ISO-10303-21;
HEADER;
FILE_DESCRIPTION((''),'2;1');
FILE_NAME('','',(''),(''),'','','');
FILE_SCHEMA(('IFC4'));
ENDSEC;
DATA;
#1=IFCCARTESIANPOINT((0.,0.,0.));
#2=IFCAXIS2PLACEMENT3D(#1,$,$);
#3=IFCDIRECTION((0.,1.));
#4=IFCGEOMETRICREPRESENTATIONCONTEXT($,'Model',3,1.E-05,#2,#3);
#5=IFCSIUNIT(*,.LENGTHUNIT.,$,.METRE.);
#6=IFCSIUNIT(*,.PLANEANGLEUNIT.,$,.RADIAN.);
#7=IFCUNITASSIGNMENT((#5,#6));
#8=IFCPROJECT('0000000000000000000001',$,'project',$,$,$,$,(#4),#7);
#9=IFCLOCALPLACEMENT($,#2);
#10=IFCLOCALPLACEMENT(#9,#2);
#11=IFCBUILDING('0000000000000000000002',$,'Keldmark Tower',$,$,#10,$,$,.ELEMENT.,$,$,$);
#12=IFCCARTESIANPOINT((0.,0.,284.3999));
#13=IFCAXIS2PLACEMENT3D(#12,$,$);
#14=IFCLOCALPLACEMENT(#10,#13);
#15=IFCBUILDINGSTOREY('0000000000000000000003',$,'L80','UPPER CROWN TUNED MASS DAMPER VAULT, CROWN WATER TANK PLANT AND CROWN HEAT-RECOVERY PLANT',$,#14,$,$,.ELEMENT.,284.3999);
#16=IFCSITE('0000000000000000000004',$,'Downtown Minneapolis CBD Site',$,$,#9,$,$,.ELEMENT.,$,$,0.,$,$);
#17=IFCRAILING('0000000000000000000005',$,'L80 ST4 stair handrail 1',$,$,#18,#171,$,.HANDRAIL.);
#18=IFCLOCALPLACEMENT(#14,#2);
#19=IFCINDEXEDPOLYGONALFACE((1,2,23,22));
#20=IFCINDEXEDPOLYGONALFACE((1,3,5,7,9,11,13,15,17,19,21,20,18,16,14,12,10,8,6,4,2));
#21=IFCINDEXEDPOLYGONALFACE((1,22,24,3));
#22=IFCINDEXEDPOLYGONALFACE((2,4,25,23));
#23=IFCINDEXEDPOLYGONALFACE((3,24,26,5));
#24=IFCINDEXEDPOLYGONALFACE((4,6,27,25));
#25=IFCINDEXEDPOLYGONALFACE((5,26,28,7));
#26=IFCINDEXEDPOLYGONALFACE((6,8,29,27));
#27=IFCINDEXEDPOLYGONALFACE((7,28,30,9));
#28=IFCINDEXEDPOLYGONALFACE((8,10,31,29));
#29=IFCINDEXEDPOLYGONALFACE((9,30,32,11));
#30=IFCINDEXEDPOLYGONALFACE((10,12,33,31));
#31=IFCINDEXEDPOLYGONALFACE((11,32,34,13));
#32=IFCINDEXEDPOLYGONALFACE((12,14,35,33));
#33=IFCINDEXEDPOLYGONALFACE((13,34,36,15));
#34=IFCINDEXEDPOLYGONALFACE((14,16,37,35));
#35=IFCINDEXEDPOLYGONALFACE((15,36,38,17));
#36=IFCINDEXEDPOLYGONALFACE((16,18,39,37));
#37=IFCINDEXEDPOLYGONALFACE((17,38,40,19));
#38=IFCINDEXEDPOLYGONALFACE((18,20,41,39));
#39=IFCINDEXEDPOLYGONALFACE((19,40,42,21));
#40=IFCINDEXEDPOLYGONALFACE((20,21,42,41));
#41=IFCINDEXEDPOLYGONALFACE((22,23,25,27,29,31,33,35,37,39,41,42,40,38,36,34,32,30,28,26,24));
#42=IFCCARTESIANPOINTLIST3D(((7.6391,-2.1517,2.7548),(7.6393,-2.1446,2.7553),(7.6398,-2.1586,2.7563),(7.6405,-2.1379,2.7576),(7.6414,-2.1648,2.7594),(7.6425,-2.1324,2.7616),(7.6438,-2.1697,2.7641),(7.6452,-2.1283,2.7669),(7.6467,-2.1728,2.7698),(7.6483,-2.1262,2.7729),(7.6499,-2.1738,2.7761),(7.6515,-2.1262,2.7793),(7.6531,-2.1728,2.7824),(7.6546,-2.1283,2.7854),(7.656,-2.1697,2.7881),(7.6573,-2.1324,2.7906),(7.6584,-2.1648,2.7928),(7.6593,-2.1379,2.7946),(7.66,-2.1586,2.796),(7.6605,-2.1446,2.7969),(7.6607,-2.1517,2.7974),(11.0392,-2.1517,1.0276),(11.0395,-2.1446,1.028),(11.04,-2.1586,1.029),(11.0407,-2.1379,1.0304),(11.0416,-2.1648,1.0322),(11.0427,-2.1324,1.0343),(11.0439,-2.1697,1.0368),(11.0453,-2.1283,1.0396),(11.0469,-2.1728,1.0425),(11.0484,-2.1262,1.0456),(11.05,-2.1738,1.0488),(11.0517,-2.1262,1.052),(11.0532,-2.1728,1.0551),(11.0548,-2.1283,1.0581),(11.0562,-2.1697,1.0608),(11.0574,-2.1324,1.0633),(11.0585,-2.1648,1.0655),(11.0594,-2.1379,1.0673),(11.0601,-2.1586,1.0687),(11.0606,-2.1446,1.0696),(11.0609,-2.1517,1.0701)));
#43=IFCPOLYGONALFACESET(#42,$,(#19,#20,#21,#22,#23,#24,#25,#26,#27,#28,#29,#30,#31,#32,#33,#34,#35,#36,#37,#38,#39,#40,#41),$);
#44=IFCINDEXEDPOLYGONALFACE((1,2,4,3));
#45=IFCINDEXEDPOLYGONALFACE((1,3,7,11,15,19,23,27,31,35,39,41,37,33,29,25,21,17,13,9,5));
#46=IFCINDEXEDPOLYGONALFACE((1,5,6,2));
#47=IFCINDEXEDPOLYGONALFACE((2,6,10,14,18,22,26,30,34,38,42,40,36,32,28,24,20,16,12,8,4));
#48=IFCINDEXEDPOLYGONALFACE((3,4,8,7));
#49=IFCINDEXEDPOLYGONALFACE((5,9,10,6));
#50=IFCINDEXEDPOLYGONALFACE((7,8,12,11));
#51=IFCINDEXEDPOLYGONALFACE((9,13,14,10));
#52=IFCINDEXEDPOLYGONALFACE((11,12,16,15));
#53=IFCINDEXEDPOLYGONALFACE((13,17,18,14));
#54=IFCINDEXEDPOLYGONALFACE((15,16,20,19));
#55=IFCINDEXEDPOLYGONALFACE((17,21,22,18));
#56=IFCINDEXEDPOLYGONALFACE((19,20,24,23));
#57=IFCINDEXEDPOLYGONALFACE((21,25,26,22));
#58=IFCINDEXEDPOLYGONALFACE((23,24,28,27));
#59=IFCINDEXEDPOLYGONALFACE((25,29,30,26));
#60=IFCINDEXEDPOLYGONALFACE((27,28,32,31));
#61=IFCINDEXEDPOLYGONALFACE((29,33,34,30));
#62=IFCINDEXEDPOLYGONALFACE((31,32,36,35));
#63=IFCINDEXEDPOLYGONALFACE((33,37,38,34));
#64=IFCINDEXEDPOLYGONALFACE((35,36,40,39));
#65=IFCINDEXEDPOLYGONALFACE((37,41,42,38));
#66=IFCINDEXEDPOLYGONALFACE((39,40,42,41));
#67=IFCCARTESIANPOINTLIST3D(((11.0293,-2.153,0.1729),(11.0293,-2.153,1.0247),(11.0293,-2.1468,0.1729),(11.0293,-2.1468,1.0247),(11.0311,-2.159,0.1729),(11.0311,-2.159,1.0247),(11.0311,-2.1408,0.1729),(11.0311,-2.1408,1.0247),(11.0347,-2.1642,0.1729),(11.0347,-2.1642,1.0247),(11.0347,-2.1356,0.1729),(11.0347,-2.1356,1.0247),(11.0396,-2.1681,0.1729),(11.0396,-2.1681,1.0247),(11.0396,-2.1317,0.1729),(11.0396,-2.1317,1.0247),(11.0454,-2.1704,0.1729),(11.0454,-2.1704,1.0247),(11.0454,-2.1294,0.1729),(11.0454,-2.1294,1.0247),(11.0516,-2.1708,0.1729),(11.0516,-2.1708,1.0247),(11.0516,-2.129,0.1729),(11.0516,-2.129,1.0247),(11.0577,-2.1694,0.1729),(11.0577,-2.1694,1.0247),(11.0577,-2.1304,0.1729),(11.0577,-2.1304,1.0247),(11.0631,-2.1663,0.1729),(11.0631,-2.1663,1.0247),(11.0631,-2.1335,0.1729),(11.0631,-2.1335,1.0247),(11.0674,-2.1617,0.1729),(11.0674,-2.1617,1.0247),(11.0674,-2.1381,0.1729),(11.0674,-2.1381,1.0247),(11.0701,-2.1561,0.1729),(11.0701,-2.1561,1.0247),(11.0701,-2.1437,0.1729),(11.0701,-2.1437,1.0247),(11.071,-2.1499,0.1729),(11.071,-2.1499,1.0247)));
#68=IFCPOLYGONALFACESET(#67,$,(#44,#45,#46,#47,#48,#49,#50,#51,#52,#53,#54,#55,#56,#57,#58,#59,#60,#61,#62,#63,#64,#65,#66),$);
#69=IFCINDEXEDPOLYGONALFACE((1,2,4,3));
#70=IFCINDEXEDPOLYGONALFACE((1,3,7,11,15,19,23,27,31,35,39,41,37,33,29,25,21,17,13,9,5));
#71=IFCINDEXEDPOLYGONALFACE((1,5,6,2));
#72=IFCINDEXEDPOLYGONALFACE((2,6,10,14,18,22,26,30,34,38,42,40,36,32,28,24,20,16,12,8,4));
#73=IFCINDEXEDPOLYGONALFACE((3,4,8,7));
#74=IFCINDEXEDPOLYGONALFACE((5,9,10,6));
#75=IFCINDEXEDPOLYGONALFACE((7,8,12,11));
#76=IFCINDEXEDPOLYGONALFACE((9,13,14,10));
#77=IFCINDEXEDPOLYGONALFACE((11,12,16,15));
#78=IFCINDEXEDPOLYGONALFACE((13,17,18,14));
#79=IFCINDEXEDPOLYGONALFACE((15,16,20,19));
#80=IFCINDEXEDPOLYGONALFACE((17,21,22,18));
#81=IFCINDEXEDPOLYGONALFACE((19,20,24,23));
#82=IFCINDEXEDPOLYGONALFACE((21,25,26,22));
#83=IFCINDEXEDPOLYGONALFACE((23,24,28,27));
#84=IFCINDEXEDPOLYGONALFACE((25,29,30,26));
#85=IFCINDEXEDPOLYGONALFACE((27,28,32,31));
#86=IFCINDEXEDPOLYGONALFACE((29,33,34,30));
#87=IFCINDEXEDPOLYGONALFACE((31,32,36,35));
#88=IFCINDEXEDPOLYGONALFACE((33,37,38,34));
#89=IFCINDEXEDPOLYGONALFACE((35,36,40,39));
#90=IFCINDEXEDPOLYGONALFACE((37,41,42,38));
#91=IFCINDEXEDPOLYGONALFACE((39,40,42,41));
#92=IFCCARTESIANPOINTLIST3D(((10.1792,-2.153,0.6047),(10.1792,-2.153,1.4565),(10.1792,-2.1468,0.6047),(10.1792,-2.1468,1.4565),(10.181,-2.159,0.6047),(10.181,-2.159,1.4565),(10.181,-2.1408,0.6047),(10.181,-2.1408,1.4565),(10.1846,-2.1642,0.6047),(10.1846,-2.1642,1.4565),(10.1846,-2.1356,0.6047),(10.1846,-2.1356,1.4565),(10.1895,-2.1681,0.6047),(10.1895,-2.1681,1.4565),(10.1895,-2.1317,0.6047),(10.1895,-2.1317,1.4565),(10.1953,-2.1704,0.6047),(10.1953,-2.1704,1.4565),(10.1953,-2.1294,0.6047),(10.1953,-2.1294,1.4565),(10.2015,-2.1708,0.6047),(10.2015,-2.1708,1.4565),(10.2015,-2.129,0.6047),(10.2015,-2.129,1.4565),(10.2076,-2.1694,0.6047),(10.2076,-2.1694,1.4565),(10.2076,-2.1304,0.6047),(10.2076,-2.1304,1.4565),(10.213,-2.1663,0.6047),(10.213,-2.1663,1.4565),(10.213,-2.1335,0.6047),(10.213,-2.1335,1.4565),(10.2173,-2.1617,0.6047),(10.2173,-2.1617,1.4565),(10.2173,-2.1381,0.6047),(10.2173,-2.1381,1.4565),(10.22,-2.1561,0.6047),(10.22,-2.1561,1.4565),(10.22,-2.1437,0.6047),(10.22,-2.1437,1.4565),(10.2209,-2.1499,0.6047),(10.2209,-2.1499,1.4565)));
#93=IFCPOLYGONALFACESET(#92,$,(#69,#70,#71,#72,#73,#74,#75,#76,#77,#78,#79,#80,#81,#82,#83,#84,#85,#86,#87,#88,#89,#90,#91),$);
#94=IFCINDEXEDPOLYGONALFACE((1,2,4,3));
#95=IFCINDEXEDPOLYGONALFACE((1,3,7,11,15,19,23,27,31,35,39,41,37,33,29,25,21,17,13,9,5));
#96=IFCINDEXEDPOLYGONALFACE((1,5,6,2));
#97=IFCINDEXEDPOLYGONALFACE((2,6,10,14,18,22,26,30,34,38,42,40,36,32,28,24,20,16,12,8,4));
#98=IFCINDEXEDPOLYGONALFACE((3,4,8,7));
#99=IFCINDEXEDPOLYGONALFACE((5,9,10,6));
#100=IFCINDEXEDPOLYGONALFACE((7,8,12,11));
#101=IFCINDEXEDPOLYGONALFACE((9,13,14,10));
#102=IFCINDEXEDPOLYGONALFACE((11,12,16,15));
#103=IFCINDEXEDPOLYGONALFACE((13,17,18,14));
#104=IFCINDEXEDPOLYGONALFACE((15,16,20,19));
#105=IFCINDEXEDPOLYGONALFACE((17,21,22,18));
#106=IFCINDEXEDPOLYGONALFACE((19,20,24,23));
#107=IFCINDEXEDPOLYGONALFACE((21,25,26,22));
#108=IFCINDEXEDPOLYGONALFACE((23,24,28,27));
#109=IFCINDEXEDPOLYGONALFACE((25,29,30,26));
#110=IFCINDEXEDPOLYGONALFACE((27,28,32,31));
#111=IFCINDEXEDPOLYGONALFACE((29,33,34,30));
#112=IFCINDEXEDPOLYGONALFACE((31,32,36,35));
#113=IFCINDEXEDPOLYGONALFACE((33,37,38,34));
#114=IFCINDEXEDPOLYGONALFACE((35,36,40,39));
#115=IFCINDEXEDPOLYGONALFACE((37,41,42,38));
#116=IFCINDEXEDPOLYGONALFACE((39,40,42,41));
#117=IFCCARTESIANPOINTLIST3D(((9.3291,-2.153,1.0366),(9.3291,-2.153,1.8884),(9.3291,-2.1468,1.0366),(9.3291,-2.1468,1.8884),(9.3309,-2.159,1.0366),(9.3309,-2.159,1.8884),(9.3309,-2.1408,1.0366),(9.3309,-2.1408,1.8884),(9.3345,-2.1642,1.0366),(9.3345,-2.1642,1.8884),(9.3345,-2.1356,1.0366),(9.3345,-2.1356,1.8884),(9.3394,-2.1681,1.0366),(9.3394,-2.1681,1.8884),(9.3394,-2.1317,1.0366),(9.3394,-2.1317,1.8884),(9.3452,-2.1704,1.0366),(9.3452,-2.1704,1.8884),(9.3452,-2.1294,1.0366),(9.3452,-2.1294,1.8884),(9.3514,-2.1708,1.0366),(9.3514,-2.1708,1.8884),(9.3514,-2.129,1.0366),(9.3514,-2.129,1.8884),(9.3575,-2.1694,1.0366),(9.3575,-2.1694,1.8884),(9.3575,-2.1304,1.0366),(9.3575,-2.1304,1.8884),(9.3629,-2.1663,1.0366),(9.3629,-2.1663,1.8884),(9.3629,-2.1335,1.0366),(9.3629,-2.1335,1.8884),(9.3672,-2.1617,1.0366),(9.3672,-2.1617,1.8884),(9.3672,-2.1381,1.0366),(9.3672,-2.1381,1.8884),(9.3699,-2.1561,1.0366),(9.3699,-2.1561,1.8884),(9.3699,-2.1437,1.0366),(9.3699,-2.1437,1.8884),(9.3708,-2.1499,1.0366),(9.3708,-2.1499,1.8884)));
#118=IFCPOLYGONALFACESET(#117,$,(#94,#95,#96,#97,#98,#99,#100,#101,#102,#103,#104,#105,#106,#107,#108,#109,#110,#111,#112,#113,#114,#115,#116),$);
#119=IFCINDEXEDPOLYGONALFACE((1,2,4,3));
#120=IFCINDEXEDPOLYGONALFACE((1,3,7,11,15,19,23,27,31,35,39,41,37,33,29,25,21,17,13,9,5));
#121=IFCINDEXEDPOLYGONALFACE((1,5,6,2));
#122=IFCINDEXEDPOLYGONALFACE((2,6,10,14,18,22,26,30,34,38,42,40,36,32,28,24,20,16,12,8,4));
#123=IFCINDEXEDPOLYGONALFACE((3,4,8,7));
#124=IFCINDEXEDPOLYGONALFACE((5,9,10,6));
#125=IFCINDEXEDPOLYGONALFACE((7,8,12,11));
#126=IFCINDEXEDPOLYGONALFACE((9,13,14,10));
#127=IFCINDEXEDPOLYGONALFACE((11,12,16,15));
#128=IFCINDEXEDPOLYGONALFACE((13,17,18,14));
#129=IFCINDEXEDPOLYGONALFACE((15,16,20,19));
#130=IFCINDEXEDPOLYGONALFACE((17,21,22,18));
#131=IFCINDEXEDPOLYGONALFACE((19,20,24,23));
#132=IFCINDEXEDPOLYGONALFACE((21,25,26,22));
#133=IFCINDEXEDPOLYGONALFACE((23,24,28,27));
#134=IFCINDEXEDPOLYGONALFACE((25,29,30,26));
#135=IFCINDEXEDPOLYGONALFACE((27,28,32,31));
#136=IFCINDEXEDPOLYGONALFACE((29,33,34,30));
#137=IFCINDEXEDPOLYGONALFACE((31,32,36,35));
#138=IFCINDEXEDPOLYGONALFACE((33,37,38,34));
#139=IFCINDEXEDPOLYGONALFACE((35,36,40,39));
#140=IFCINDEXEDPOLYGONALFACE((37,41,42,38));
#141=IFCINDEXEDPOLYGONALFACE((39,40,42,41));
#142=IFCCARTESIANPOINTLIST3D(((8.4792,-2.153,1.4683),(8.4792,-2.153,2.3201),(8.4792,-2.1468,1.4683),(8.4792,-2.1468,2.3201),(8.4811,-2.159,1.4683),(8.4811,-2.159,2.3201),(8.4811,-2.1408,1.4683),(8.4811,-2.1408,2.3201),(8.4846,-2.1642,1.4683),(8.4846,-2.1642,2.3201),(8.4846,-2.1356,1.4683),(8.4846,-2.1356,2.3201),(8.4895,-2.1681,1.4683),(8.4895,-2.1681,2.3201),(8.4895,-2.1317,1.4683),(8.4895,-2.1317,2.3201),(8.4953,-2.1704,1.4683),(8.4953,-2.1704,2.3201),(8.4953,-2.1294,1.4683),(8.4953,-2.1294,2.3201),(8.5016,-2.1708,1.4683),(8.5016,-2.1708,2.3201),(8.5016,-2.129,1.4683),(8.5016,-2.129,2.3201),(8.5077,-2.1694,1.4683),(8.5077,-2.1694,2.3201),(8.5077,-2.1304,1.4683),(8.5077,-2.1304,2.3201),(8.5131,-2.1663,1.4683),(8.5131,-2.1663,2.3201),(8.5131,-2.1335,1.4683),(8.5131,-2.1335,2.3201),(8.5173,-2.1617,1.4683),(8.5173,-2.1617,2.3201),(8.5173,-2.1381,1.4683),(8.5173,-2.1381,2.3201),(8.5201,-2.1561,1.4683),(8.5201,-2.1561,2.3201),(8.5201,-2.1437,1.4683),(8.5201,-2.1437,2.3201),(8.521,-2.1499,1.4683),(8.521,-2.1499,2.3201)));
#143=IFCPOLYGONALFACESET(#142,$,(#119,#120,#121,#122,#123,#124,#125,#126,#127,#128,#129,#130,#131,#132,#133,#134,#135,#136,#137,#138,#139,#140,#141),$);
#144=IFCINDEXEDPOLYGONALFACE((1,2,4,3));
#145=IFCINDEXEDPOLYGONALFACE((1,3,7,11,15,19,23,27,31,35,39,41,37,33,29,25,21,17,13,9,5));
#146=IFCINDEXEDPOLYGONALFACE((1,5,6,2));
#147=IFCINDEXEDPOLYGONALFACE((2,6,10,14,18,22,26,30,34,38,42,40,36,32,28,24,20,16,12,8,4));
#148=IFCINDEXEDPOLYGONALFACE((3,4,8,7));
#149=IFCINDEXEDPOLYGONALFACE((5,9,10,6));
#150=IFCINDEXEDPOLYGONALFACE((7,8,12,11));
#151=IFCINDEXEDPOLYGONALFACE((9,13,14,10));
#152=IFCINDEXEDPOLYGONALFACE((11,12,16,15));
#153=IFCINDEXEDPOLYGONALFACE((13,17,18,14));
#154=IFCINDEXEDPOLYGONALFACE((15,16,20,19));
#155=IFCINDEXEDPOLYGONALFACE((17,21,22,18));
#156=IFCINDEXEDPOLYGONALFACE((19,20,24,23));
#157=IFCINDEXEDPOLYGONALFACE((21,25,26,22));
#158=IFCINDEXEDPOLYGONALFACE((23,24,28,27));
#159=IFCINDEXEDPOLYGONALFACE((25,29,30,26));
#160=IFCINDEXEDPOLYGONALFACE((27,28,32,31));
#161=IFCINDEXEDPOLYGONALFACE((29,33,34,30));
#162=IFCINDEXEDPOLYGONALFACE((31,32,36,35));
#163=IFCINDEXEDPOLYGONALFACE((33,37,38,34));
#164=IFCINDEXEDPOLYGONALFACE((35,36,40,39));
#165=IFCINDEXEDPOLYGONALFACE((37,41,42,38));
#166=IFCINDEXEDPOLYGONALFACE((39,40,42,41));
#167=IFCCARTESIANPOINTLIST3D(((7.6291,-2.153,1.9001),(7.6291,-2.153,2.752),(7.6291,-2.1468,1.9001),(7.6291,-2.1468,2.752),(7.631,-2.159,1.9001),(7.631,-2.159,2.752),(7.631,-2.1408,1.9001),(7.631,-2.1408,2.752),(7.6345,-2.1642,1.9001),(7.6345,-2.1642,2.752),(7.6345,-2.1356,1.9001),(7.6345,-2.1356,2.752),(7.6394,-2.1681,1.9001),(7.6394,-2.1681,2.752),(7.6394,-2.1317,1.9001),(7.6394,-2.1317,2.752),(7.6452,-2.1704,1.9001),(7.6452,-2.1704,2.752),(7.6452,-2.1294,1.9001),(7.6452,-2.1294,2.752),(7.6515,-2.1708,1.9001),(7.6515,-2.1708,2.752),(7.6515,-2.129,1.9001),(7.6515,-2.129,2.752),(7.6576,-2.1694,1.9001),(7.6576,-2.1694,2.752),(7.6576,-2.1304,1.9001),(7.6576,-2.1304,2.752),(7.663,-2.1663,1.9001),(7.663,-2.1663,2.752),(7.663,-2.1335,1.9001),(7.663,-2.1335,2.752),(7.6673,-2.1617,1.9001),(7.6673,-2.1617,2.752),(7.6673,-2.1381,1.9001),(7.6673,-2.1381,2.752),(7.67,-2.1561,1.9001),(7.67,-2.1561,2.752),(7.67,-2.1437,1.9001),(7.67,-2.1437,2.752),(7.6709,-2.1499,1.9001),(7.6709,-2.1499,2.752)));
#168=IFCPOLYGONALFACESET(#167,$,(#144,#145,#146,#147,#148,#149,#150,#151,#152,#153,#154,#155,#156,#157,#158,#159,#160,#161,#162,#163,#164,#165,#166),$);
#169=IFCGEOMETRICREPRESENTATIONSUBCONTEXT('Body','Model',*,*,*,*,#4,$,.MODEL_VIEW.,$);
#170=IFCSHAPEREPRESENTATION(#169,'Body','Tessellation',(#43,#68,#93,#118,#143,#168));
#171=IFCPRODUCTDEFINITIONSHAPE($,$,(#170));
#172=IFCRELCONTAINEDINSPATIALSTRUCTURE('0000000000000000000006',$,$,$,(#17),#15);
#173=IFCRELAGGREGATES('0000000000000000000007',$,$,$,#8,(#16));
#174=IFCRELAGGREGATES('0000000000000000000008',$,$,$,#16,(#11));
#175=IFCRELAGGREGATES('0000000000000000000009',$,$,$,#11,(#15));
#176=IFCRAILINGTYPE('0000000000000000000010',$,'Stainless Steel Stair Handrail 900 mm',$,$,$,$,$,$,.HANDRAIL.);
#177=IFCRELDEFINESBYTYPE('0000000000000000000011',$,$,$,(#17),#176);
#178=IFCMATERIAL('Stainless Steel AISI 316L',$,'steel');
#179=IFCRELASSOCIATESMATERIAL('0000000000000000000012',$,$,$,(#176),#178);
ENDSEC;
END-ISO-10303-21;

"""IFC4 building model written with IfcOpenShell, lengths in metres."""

from ifc_helpers import new_model, si_unit, direction, frame, origin, origin_2d, place, context, subcontext, project, spatial, circle, extrude, material, type_object, element, save


model = new_model("IFC4")

# Units and contexts
model_context = context("Model", 3, precision=1e-05, world=origin(), true_north=direction((0.0, 1.0)))
body_context = subcontext(model_context, "Body", "Model", "MODEL_VIEW")
ifc_project = project(units=[si_unit("LENGTHUNIT", "METRE"), si_unit("PLANEANGLEUNIT", "RADIAN")], contexts=[model_context])

# Site, building, storey
site_placement = place(None, origin())
site = spatial("IfcSite", under=ifc_project, at=site_placement, Name="Downtown Minneapolis CBD Site", CompositionType="ELEMENT", RefElevation=0.0)
building_placement = place(site_placement, origin())
building = spatial("IfcBuilding", under=site, at=building_placement, Name="Keldmark Tower", CompositionType="ELEMENT")
storey_placement = place(building_placement, frame((0.0, 0.0, 284.3999)))
storey = spatial("IfcBuildingStorey", under=building, at=storey_placement, Name="L80", Description="UPPER CROWN TUNED MASS DAMPER VAULT, CROWN WATER TANK PLANT AND CROWN HEAT-RECOVERY PLANT", CompositionType="ELEMENT", Elevation=284.3999)

# Railing
ifc_material_1 = material(Name="Stainless Steel AISI 316L", Category="steel")
railing_type_1 = type_object("IfcRailingType", Name="Stainless Steel Stair Handrail 900 mm", PredefinedType="HANDRAIL", material=ifc_material_1)
railing_1_placement = place(storey_placement, frame((11.05, -2.1499, 0.1729)))
element("IfcRailing", 1, at=railing_1_placement, inside=storey, type_object=railing_type_1, Name="L80 ST4 stair handrail 1", PredefinedType="HANDRAIL", context=body_context, shape_type="SweptSolid", body=[
    extrude(circle(Radius=0.0239, at=origin_2d()), frame((0.0, 0.0, 0.876), z_axis=(-0.891554, 0.0, 0.452915), x_axis=(0.0, -1.0, 0.0)), (0.0, 0.0, 1.0), 3.8137),
    extrude(circle(Radius=0.021, at=origin_2d()), origin(), (0.0, 0.0, 1.0), 0.8518),
    extrude(circle(Radius=0.021, at=origin_2d()), frame((-0.8501, 0.0, 0.4319)), (0.0, 0.0, 1.0), 0.8518),
    extrude(circle(Radius=0.021, at=origin_2d()), frame((-1.7002, 0.0, 0.8638)), (0.0, 0.0, 1.0), 0.8518),
    extrude(circle(Radius=0.021, at=origin_2d()), frame((-2.55, 0.0, 1.2954)), (0.0, 0.0, 1.0), 0.8518),
    extrude(circle(Radius=0.021, at=origin_2d()), frame((-3.4001, 0.0, 1.7273)), (0.0, 0.0, 1.0), 0.8518),
])

save(model, "model.ifc")
